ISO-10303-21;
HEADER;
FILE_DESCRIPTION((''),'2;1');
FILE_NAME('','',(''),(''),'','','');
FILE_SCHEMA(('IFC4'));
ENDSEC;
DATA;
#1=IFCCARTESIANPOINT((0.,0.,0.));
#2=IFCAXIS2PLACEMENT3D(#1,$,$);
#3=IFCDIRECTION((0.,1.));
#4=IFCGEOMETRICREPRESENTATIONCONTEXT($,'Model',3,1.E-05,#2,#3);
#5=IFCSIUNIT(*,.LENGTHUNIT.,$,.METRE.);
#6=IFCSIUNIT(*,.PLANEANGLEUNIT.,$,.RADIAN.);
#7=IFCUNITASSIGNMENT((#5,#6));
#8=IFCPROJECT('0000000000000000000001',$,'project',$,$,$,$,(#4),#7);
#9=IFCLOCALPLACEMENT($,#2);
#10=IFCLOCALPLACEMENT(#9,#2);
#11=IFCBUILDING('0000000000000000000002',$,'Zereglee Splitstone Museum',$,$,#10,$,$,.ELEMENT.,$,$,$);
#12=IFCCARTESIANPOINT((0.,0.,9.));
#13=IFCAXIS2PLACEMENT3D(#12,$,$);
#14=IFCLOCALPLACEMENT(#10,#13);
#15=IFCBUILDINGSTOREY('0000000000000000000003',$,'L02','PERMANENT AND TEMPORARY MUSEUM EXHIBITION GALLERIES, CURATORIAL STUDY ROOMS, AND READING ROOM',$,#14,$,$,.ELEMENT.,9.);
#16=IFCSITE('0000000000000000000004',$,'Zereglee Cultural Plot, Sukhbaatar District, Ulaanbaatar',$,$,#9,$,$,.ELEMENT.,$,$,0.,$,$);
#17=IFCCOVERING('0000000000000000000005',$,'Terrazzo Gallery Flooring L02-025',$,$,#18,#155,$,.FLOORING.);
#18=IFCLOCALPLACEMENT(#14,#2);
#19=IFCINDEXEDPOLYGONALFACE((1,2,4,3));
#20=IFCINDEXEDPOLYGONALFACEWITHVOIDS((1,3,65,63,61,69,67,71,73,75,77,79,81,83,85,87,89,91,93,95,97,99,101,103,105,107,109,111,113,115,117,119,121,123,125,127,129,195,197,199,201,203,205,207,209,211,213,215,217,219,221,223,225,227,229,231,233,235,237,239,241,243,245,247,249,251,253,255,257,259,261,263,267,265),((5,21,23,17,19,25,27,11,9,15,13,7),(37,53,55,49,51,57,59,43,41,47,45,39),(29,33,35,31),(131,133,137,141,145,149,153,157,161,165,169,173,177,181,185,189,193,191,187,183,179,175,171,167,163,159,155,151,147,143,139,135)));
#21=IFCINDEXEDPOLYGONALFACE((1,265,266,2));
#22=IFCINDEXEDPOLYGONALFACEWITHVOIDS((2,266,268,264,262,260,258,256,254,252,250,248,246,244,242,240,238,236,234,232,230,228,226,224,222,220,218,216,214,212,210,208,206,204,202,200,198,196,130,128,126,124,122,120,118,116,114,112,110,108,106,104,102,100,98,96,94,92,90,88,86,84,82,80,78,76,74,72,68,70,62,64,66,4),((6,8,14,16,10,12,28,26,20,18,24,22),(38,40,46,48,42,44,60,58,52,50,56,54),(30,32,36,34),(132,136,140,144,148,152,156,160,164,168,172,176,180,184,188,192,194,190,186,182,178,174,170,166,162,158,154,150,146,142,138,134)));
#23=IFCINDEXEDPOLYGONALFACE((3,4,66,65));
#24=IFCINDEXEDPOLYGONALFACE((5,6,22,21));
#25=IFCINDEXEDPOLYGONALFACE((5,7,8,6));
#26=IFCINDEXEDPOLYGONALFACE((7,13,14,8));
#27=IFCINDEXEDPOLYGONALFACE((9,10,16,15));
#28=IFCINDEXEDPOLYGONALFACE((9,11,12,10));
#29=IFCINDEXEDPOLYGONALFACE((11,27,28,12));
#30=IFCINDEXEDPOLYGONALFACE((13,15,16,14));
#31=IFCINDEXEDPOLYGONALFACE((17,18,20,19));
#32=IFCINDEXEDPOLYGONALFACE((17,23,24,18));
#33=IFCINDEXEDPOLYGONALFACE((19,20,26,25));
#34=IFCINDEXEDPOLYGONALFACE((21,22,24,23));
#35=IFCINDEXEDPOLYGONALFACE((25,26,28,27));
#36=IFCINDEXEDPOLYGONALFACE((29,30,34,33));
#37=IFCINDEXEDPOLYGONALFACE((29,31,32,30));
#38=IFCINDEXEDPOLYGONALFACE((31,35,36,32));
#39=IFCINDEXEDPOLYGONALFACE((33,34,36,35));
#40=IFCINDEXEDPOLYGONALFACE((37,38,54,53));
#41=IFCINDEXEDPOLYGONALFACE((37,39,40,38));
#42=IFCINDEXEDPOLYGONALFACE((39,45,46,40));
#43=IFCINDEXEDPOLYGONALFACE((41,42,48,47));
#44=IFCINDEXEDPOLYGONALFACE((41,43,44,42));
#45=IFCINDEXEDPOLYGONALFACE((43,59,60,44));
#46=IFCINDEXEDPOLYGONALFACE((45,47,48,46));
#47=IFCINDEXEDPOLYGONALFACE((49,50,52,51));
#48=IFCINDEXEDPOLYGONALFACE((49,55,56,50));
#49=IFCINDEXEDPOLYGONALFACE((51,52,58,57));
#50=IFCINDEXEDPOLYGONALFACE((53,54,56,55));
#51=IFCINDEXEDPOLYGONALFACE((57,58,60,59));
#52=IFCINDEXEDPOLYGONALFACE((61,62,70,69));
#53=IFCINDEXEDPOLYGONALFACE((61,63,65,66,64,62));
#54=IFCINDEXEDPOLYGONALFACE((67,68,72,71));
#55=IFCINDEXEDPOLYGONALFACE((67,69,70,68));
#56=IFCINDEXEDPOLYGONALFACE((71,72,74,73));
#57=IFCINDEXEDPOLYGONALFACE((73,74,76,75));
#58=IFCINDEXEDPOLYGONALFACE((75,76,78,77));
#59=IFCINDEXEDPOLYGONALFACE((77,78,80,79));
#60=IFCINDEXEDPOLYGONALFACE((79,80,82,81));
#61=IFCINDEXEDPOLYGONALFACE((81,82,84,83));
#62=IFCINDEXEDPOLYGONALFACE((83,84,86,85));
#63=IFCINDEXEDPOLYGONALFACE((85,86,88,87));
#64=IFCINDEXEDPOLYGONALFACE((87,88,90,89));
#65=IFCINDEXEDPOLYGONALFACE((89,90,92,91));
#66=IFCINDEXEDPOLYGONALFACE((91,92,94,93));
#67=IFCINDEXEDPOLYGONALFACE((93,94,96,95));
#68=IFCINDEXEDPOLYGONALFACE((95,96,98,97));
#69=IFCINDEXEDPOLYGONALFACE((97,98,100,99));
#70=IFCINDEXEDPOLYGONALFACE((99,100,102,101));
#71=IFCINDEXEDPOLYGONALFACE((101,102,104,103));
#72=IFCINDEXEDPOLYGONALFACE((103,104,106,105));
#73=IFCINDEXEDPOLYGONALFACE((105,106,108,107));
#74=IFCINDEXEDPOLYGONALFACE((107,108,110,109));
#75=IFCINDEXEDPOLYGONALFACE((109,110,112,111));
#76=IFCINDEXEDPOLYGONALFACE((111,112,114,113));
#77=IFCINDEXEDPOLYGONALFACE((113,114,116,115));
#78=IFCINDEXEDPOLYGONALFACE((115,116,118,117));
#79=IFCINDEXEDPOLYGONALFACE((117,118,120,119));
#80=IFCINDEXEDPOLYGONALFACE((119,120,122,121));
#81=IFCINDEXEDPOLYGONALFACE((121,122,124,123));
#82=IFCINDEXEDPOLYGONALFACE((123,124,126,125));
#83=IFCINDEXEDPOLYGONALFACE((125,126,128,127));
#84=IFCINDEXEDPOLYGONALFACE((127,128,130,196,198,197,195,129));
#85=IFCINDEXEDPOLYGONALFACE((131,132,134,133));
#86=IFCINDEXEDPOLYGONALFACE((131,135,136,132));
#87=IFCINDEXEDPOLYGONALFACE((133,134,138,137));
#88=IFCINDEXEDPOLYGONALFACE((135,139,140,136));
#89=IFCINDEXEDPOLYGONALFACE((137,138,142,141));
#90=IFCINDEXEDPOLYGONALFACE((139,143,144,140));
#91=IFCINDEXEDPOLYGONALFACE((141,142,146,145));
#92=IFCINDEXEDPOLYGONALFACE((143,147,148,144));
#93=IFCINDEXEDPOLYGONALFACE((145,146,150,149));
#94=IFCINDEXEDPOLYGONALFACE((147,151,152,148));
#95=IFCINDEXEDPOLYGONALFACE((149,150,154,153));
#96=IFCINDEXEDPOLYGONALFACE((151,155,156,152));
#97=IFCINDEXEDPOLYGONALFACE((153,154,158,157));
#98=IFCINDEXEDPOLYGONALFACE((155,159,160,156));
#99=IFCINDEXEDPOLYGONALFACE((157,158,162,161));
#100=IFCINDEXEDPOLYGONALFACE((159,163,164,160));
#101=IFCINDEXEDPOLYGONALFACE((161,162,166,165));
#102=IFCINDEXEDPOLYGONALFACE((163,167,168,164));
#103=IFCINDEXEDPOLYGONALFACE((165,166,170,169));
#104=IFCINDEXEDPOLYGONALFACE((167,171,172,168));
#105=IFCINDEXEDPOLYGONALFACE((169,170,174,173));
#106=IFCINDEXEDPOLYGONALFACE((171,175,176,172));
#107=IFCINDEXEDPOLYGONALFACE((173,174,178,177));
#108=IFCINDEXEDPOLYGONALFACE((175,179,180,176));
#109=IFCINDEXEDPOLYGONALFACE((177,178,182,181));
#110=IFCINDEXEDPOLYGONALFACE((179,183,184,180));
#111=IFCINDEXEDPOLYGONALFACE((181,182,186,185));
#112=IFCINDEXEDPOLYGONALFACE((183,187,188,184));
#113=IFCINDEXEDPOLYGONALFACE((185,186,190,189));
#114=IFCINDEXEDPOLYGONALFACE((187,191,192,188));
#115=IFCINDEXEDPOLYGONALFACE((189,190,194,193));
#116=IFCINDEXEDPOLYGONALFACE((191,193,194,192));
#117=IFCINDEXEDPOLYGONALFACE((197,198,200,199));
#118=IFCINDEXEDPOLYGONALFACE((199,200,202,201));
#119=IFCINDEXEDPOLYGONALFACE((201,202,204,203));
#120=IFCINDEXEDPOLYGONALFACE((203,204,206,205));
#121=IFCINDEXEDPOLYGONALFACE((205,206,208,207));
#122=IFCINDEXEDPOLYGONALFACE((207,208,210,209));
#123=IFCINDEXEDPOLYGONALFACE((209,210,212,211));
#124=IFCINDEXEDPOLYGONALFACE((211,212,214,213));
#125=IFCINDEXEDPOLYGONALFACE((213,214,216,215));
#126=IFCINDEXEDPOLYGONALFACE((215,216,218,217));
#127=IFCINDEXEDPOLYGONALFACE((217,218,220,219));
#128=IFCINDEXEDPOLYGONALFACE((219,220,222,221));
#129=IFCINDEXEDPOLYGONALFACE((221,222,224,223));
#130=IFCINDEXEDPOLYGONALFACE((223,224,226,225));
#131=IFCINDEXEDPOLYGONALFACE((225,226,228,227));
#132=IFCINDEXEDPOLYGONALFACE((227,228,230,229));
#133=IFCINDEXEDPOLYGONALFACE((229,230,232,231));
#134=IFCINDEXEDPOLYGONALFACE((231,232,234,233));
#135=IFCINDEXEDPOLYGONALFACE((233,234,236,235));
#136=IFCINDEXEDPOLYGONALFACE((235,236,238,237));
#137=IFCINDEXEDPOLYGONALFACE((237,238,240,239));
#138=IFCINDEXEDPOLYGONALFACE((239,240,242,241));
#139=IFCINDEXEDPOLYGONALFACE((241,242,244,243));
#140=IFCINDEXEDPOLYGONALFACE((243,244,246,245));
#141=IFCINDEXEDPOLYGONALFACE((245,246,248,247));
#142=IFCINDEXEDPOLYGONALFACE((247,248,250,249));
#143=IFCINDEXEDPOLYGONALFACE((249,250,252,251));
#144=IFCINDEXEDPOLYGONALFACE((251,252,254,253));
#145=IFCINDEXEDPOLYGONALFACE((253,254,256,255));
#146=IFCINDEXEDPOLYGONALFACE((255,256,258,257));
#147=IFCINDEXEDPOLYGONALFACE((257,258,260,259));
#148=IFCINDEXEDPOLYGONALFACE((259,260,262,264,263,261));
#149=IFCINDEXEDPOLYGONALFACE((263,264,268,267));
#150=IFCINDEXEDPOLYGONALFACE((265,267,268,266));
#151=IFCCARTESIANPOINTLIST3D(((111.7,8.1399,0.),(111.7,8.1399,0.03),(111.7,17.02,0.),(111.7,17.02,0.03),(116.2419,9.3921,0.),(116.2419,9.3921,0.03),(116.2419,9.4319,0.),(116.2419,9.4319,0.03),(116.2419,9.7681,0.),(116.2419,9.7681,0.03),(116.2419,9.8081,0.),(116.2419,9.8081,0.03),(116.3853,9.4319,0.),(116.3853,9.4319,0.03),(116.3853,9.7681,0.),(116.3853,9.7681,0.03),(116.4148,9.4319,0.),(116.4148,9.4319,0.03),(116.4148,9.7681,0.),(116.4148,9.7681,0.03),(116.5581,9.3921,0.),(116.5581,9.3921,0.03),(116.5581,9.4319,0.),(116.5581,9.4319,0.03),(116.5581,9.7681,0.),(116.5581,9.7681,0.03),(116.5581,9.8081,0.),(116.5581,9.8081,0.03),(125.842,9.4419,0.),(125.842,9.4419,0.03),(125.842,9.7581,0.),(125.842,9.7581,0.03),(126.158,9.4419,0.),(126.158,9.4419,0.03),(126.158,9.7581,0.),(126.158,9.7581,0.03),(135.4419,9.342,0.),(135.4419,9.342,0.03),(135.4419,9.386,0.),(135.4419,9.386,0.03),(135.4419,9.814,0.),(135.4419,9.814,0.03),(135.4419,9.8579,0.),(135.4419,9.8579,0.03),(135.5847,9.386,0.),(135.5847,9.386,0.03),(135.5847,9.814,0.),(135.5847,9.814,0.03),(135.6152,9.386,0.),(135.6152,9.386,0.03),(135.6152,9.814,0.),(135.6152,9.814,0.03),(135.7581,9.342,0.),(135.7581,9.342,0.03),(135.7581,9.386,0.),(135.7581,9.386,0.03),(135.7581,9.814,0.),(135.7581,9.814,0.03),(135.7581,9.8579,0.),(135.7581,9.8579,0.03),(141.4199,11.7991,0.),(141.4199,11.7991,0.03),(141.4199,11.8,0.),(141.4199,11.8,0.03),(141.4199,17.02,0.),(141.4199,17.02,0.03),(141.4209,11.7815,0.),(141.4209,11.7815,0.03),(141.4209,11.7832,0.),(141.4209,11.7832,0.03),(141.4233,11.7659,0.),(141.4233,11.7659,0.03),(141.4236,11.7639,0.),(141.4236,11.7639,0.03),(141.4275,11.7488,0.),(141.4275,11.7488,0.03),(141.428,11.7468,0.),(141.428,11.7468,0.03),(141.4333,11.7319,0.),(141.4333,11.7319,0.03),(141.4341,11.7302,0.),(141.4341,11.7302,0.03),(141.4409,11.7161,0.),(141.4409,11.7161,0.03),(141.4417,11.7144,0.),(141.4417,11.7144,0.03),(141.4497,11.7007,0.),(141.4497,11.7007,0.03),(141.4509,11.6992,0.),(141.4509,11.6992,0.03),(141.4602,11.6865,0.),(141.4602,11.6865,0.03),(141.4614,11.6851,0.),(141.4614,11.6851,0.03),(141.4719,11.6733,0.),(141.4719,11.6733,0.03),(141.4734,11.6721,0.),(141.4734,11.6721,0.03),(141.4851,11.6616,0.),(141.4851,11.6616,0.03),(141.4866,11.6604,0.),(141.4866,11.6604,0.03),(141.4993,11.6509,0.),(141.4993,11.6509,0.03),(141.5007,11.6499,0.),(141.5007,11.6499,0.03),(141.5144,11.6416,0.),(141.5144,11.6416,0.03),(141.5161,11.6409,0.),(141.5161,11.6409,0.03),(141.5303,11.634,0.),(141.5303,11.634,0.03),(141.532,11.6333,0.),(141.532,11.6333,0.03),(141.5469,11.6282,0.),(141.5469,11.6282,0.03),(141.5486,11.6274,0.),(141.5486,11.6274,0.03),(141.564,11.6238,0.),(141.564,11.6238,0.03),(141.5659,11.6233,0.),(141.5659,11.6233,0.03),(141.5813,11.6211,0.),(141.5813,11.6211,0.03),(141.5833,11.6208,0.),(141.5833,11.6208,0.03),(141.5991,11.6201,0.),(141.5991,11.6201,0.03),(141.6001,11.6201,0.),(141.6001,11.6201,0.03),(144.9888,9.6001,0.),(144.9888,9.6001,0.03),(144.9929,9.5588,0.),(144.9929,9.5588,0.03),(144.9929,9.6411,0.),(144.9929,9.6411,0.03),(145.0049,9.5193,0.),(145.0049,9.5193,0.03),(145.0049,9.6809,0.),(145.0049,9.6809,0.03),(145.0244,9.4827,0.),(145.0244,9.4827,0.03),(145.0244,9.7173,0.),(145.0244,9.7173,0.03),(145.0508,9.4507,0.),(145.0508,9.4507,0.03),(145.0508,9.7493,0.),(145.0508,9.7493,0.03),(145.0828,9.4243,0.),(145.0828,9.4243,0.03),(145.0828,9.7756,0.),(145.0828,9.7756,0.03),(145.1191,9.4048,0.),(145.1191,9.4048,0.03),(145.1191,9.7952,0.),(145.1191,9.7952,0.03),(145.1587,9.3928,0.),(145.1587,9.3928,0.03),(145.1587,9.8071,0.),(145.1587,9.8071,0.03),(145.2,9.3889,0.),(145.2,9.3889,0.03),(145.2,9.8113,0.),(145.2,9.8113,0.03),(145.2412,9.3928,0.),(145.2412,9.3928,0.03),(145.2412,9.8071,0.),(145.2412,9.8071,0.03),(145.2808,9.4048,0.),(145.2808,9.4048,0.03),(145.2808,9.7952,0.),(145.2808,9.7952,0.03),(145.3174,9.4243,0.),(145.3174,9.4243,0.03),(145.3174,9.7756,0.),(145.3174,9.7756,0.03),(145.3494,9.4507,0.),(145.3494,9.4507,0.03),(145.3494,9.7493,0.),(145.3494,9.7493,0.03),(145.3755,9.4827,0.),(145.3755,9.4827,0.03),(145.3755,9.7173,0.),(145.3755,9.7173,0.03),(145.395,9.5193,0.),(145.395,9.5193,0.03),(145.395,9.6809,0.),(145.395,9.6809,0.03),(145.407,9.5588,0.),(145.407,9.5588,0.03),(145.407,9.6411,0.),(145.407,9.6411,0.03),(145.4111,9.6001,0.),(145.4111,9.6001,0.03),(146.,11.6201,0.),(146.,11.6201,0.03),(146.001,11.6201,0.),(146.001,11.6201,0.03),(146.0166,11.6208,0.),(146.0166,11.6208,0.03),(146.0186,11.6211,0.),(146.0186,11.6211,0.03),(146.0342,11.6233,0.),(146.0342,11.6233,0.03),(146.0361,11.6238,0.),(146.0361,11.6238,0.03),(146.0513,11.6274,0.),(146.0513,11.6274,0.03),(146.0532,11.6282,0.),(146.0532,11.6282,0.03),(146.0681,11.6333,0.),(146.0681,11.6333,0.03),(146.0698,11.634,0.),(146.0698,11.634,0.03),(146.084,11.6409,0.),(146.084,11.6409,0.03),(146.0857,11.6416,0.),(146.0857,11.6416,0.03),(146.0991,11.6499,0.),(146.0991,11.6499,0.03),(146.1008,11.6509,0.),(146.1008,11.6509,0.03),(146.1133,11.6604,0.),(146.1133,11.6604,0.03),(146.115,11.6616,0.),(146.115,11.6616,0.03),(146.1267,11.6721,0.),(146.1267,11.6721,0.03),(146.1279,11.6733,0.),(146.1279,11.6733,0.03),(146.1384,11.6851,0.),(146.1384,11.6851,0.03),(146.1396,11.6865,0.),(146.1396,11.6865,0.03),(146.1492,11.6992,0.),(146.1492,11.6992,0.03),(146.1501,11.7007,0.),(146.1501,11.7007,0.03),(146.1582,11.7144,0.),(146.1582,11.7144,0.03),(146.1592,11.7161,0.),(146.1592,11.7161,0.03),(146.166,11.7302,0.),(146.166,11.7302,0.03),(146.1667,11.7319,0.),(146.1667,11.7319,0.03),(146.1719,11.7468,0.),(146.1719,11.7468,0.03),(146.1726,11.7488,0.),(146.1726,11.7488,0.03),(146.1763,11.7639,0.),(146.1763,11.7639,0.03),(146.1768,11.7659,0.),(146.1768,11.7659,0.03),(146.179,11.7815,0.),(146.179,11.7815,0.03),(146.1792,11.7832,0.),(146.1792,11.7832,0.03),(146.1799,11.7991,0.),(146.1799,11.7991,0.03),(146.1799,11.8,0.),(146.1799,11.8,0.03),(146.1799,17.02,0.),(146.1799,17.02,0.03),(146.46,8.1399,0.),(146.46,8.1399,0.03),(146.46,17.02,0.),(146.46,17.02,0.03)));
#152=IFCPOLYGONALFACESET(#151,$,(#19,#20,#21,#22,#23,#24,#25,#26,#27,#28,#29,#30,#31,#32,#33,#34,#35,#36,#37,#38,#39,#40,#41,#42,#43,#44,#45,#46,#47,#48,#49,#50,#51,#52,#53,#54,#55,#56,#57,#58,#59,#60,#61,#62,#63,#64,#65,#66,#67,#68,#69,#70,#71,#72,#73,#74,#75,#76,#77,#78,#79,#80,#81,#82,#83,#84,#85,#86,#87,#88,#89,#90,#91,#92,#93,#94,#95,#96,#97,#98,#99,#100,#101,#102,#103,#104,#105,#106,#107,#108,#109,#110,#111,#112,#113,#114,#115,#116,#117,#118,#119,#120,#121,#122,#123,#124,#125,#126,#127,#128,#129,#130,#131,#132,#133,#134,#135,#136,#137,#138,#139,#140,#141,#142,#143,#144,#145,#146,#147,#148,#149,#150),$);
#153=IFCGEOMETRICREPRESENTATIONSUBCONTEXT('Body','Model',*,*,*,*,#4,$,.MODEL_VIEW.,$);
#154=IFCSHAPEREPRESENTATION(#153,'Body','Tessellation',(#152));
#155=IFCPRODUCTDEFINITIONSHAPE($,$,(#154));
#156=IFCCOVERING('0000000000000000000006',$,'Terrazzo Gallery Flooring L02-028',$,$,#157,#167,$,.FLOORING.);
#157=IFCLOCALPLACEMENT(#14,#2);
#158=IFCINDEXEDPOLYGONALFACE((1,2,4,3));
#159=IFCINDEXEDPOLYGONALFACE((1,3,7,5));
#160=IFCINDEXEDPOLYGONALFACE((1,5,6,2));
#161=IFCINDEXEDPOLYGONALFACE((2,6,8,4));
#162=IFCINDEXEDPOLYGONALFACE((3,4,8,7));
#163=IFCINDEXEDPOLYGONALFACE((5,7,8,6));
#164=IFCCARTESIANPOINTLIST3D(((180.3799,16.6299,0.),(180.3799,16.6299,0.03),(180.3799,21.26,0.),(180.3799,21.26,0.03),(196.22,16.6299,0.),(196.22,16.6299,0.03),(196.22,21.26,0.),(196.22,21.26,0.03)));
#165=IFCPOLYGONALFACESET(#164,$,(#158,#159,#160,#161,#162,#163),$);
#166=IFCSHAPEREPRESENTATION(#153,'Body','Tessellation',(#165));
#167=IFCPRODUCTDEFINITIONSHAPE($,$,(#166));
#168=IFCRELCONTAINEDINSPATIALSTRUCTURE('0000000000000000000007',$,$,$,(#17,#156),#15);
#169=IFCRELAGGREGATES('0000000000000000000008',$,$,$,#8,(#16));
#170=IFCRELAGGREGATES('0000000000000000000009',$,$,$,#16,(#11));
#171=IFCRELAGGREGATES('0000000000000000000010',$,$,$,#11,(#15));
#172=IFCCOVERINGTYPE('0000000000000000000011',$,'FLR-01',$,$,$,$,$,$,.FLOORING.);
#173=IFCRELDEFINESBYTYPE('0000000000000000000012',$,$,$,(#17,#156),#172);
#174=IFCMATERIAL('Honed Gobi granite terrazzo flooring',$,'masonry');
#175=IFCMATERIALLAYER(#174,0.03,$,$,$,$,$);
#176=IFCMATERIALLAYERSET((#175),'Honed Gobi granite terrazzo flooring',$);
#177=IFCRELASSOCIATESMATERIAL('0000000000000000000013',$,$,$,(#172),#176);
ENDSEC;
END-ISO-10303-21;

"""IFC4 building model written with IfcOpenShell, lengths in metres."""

from ifc_helpers import new_model, si_unit, direction, frame, origin, place, context, subcontext, project, spatial, polyline, outline, extrude, material, layer, layer_set, type_object, element, save


model = new_model("IFC4")

# Units and contexts
model_context = context("Model", 3, precision=1e-05, world=origin(), true_north=direction((0.0, 1.0)))
body_context = subcontext(model_context, "Body", "Model", "MODEL_VIEW")
ifc_project = project(units=[si_unit("LENGTHUNIT", "METRE"), si_unit("PLANEANGLEUNIT", "RADIAN")], contexts=[model_context])

# Site, building, storey
site_placement = place(None, origin())
site = spatial("IfcSite", under=ifc_project, at=site_placement, Name="Zereglee Cultural Plot, Sukhbaatar District, Ulaanbaatar", CompositionType="ELEMENT", RefElevation=0.0)
building_placement = place(site_placement, origin())
building = spatial("IfcBuilding", under=site, at=building_placement, Name="Zereglee Splitstone Museum", CompositionType="ELEMENT")
storey_placement = place(building_placement, frame((0.0, 0.0, 9.0)))
storey = spatial("IfcBuildingStorey", under=building, at=storey_placement, Name="L02", Description="PERMANENT AND TEMPORARY MUSEUM EXHIBITION GALLERIES, CURATORIAL STUDY ROOMS, AND READING ROOM", CompositionType="ELEMENT", Elevation=9.0)

# Coverings
ifc_material_1 = material(Name="Honed Gobi granite terrazzo flooring", Category="masonry")
ifc_layer_1 = layer(ifc_material_1, 0.03)
ifc_layer_set_1 = layer_set([ifc_layer_1], Name="Honed Gobi granite terrazzo flooring")
covering_type_1 = type_object("IfcCoveringType", Name="FLR-01", PredefinedType="FLOORING", material=ifc_layer_set_1)
covering_1_placement = place(storey_placement, origin())
element("IfcCovering", 1, at=covering_1_placement, inside=storey, type_object=covering_type_1, Name="Terrazzo Gallery Flooring L02-025", PredefinedType="FLOORING", context=body_context, shape_type="SweptSolid", body=[
    extrude(outline(polyline([(111.7, 17.02), (141.4199, 17.02), (141.4199, 11.8), (141.4199, 11.7991), (141.4209, 11.7832), (141.4209, 11.7815), (141.4233, 11.7659), (141.4236, 11.7639), (141.4275, 11.7488), (141.428, 11.7468), (141.4333, 11.7319), (141.4341, 11.7302), (141.4409, 11.7161), (141.4417, 11.7144), (141.4497, 11.7007), (141.4509, 11.6992), (141.4602, 11.6865), (141.4614, 11.6851), (141.4719, 11.6733), (141.4734, 11.6721), (141.4851, 11.6616), (141.4866, 11.6604), (141.4993, 11.6509), (141.5007, 11.6499), (141.5144, 11.6416), (141.5161, 11.6409), (141.5303, 11.634), (141.532, 11.6333), (141.5469, 11.6282), (141.5486, 11.6274), (141.564, 11.6238), (141.5659, 11.6233), (141.5813, 11.6211), (141.5833, 11.6208), (141.5991, 11.6201), (141.6001, 11.6201), (146.0, 11.6201), (146.001, 11.6201), (146.0166, 11.6208), (146.0186, 11.6211), (146.0342, 11.6233), (146.0361, 11.6238), (146.0513, 11.6274), (146.0532, 11.6282), (146.0681, 11.6333), (146.0698, 11.634), (146.084, 11.6409), (146.0857, 11.6416), (146.0991, 11.6499), (146.1008, 11.6509), (146.1133, 11.6604), (146.115, 11.6616), (146.1267, 11.6721), (146.1279, 11.6733), (146.1384, 11.6851), (146.1396, 11.6865), (146.1492, 11.6992), (146.1501, 11.7007), (146.1582, 11.7144), (146.1592, 11.7161), (146.166, 11.7302), (146.1667, 11.7319), (146.1719, 11.7468), (146.1726, 11.7488), (146.1763, 11.7639), (146.1768, 11.7659), (146.179, 11.7815), (146.1792, 11.7832), (146.1799, 11.7991), (146.1799, 11.8), (146.1799, 17.02), (146.46, 17.02), (146.46, 8.1399), (111.7, 8.1399), (111.7, 17.02)]), holes=[polyline([(145.2808, 9.4048), (145.3174, 9.4243), (145.3494, 9.4507), (145.3755, 9.4827), (145.395, 9.5193), (145.407, 9.5588), (145.4111, 9.6001), (145.407, 9.6411), (145.395, 9.6809), (145.3755, 9.7173), (145.3494, 9.7493), (145.3174, 9.7756), (145.2808, 9.7952), (145.2412, 9.8071), (145.2, 9.8113), (145.1587, 9.8071), (145.1191, 9.7952), (145.0828, 9.7756), (145.0508, 9.7493), (145.0244, 9.7173), (145.0049, 9.6809), (144.9929, 9.6411), (144.9888, 9.6001), (144.9929, 9.5588), (145.0049, 9.5193), (145.0244, 9.4827), (145.0508, 9.4507), (145.0828, 9.4243), (145.1191, 9.4048), (145.1587, 9.3928), (145.2, 9.3889), (145.2412, 9.3928), (145.2808, 9.4048)]), polyline([(135.7581, 9.8579), (135.4419, 9.8579), (135.4419, 9.814), (135.5847, 9.814), (135.5847, 9.386), (135.4419, 9.386), (135.4419, 9.342), (135.7581, 9.342), (135.7581, 9.386), (135.6152, 9.386), (135.6152, 9.814), (135.7581, 9.814), (135.7581, 9.8579)]), polyline([(125.842, 9.7581), (125.842, 9.4419), (126.158, 9.4419), (126.158, 9.7581), (125.842, 9.7581)]), polyline([(116.5581, 9.8081), (116.2419, 9.8081), (116.2419, 9.7681), (116.3853, 9.7681), (116.3853, 9.4319), (116.2419, 9.4319), (116.2419, 9.3921), (116.5581, 9.3921), (116.5581, 9.4319), (116.4148, 9.4319), (116.4148, 9.7681), (116.5581, 9.7681), (116.5581, 9.8081)])]), origin(), (0.0, 0.0, 1.0), 0.03),
])
covering_2_placement = place(storey_placement, origin())
element("IfcCovering", 2, at=covering_2_placement, inside=storey, type_object=covering_type_1, Name="Terrazzo Gallery Flooring L02-028", PredefinedType="FLOORING", context=body_context, shape_type="SweptSolid", body=[
    extrude(outline(polyline([(180.3799, 16.6299), (180.3799, 21.26), (196.22, 21.26), (196.22, 16.6299), (180.3799, 16.6299)])), origin(), (0.0, 0.0, 1.0), 0.03),
])

save(model, "model.ifc")
